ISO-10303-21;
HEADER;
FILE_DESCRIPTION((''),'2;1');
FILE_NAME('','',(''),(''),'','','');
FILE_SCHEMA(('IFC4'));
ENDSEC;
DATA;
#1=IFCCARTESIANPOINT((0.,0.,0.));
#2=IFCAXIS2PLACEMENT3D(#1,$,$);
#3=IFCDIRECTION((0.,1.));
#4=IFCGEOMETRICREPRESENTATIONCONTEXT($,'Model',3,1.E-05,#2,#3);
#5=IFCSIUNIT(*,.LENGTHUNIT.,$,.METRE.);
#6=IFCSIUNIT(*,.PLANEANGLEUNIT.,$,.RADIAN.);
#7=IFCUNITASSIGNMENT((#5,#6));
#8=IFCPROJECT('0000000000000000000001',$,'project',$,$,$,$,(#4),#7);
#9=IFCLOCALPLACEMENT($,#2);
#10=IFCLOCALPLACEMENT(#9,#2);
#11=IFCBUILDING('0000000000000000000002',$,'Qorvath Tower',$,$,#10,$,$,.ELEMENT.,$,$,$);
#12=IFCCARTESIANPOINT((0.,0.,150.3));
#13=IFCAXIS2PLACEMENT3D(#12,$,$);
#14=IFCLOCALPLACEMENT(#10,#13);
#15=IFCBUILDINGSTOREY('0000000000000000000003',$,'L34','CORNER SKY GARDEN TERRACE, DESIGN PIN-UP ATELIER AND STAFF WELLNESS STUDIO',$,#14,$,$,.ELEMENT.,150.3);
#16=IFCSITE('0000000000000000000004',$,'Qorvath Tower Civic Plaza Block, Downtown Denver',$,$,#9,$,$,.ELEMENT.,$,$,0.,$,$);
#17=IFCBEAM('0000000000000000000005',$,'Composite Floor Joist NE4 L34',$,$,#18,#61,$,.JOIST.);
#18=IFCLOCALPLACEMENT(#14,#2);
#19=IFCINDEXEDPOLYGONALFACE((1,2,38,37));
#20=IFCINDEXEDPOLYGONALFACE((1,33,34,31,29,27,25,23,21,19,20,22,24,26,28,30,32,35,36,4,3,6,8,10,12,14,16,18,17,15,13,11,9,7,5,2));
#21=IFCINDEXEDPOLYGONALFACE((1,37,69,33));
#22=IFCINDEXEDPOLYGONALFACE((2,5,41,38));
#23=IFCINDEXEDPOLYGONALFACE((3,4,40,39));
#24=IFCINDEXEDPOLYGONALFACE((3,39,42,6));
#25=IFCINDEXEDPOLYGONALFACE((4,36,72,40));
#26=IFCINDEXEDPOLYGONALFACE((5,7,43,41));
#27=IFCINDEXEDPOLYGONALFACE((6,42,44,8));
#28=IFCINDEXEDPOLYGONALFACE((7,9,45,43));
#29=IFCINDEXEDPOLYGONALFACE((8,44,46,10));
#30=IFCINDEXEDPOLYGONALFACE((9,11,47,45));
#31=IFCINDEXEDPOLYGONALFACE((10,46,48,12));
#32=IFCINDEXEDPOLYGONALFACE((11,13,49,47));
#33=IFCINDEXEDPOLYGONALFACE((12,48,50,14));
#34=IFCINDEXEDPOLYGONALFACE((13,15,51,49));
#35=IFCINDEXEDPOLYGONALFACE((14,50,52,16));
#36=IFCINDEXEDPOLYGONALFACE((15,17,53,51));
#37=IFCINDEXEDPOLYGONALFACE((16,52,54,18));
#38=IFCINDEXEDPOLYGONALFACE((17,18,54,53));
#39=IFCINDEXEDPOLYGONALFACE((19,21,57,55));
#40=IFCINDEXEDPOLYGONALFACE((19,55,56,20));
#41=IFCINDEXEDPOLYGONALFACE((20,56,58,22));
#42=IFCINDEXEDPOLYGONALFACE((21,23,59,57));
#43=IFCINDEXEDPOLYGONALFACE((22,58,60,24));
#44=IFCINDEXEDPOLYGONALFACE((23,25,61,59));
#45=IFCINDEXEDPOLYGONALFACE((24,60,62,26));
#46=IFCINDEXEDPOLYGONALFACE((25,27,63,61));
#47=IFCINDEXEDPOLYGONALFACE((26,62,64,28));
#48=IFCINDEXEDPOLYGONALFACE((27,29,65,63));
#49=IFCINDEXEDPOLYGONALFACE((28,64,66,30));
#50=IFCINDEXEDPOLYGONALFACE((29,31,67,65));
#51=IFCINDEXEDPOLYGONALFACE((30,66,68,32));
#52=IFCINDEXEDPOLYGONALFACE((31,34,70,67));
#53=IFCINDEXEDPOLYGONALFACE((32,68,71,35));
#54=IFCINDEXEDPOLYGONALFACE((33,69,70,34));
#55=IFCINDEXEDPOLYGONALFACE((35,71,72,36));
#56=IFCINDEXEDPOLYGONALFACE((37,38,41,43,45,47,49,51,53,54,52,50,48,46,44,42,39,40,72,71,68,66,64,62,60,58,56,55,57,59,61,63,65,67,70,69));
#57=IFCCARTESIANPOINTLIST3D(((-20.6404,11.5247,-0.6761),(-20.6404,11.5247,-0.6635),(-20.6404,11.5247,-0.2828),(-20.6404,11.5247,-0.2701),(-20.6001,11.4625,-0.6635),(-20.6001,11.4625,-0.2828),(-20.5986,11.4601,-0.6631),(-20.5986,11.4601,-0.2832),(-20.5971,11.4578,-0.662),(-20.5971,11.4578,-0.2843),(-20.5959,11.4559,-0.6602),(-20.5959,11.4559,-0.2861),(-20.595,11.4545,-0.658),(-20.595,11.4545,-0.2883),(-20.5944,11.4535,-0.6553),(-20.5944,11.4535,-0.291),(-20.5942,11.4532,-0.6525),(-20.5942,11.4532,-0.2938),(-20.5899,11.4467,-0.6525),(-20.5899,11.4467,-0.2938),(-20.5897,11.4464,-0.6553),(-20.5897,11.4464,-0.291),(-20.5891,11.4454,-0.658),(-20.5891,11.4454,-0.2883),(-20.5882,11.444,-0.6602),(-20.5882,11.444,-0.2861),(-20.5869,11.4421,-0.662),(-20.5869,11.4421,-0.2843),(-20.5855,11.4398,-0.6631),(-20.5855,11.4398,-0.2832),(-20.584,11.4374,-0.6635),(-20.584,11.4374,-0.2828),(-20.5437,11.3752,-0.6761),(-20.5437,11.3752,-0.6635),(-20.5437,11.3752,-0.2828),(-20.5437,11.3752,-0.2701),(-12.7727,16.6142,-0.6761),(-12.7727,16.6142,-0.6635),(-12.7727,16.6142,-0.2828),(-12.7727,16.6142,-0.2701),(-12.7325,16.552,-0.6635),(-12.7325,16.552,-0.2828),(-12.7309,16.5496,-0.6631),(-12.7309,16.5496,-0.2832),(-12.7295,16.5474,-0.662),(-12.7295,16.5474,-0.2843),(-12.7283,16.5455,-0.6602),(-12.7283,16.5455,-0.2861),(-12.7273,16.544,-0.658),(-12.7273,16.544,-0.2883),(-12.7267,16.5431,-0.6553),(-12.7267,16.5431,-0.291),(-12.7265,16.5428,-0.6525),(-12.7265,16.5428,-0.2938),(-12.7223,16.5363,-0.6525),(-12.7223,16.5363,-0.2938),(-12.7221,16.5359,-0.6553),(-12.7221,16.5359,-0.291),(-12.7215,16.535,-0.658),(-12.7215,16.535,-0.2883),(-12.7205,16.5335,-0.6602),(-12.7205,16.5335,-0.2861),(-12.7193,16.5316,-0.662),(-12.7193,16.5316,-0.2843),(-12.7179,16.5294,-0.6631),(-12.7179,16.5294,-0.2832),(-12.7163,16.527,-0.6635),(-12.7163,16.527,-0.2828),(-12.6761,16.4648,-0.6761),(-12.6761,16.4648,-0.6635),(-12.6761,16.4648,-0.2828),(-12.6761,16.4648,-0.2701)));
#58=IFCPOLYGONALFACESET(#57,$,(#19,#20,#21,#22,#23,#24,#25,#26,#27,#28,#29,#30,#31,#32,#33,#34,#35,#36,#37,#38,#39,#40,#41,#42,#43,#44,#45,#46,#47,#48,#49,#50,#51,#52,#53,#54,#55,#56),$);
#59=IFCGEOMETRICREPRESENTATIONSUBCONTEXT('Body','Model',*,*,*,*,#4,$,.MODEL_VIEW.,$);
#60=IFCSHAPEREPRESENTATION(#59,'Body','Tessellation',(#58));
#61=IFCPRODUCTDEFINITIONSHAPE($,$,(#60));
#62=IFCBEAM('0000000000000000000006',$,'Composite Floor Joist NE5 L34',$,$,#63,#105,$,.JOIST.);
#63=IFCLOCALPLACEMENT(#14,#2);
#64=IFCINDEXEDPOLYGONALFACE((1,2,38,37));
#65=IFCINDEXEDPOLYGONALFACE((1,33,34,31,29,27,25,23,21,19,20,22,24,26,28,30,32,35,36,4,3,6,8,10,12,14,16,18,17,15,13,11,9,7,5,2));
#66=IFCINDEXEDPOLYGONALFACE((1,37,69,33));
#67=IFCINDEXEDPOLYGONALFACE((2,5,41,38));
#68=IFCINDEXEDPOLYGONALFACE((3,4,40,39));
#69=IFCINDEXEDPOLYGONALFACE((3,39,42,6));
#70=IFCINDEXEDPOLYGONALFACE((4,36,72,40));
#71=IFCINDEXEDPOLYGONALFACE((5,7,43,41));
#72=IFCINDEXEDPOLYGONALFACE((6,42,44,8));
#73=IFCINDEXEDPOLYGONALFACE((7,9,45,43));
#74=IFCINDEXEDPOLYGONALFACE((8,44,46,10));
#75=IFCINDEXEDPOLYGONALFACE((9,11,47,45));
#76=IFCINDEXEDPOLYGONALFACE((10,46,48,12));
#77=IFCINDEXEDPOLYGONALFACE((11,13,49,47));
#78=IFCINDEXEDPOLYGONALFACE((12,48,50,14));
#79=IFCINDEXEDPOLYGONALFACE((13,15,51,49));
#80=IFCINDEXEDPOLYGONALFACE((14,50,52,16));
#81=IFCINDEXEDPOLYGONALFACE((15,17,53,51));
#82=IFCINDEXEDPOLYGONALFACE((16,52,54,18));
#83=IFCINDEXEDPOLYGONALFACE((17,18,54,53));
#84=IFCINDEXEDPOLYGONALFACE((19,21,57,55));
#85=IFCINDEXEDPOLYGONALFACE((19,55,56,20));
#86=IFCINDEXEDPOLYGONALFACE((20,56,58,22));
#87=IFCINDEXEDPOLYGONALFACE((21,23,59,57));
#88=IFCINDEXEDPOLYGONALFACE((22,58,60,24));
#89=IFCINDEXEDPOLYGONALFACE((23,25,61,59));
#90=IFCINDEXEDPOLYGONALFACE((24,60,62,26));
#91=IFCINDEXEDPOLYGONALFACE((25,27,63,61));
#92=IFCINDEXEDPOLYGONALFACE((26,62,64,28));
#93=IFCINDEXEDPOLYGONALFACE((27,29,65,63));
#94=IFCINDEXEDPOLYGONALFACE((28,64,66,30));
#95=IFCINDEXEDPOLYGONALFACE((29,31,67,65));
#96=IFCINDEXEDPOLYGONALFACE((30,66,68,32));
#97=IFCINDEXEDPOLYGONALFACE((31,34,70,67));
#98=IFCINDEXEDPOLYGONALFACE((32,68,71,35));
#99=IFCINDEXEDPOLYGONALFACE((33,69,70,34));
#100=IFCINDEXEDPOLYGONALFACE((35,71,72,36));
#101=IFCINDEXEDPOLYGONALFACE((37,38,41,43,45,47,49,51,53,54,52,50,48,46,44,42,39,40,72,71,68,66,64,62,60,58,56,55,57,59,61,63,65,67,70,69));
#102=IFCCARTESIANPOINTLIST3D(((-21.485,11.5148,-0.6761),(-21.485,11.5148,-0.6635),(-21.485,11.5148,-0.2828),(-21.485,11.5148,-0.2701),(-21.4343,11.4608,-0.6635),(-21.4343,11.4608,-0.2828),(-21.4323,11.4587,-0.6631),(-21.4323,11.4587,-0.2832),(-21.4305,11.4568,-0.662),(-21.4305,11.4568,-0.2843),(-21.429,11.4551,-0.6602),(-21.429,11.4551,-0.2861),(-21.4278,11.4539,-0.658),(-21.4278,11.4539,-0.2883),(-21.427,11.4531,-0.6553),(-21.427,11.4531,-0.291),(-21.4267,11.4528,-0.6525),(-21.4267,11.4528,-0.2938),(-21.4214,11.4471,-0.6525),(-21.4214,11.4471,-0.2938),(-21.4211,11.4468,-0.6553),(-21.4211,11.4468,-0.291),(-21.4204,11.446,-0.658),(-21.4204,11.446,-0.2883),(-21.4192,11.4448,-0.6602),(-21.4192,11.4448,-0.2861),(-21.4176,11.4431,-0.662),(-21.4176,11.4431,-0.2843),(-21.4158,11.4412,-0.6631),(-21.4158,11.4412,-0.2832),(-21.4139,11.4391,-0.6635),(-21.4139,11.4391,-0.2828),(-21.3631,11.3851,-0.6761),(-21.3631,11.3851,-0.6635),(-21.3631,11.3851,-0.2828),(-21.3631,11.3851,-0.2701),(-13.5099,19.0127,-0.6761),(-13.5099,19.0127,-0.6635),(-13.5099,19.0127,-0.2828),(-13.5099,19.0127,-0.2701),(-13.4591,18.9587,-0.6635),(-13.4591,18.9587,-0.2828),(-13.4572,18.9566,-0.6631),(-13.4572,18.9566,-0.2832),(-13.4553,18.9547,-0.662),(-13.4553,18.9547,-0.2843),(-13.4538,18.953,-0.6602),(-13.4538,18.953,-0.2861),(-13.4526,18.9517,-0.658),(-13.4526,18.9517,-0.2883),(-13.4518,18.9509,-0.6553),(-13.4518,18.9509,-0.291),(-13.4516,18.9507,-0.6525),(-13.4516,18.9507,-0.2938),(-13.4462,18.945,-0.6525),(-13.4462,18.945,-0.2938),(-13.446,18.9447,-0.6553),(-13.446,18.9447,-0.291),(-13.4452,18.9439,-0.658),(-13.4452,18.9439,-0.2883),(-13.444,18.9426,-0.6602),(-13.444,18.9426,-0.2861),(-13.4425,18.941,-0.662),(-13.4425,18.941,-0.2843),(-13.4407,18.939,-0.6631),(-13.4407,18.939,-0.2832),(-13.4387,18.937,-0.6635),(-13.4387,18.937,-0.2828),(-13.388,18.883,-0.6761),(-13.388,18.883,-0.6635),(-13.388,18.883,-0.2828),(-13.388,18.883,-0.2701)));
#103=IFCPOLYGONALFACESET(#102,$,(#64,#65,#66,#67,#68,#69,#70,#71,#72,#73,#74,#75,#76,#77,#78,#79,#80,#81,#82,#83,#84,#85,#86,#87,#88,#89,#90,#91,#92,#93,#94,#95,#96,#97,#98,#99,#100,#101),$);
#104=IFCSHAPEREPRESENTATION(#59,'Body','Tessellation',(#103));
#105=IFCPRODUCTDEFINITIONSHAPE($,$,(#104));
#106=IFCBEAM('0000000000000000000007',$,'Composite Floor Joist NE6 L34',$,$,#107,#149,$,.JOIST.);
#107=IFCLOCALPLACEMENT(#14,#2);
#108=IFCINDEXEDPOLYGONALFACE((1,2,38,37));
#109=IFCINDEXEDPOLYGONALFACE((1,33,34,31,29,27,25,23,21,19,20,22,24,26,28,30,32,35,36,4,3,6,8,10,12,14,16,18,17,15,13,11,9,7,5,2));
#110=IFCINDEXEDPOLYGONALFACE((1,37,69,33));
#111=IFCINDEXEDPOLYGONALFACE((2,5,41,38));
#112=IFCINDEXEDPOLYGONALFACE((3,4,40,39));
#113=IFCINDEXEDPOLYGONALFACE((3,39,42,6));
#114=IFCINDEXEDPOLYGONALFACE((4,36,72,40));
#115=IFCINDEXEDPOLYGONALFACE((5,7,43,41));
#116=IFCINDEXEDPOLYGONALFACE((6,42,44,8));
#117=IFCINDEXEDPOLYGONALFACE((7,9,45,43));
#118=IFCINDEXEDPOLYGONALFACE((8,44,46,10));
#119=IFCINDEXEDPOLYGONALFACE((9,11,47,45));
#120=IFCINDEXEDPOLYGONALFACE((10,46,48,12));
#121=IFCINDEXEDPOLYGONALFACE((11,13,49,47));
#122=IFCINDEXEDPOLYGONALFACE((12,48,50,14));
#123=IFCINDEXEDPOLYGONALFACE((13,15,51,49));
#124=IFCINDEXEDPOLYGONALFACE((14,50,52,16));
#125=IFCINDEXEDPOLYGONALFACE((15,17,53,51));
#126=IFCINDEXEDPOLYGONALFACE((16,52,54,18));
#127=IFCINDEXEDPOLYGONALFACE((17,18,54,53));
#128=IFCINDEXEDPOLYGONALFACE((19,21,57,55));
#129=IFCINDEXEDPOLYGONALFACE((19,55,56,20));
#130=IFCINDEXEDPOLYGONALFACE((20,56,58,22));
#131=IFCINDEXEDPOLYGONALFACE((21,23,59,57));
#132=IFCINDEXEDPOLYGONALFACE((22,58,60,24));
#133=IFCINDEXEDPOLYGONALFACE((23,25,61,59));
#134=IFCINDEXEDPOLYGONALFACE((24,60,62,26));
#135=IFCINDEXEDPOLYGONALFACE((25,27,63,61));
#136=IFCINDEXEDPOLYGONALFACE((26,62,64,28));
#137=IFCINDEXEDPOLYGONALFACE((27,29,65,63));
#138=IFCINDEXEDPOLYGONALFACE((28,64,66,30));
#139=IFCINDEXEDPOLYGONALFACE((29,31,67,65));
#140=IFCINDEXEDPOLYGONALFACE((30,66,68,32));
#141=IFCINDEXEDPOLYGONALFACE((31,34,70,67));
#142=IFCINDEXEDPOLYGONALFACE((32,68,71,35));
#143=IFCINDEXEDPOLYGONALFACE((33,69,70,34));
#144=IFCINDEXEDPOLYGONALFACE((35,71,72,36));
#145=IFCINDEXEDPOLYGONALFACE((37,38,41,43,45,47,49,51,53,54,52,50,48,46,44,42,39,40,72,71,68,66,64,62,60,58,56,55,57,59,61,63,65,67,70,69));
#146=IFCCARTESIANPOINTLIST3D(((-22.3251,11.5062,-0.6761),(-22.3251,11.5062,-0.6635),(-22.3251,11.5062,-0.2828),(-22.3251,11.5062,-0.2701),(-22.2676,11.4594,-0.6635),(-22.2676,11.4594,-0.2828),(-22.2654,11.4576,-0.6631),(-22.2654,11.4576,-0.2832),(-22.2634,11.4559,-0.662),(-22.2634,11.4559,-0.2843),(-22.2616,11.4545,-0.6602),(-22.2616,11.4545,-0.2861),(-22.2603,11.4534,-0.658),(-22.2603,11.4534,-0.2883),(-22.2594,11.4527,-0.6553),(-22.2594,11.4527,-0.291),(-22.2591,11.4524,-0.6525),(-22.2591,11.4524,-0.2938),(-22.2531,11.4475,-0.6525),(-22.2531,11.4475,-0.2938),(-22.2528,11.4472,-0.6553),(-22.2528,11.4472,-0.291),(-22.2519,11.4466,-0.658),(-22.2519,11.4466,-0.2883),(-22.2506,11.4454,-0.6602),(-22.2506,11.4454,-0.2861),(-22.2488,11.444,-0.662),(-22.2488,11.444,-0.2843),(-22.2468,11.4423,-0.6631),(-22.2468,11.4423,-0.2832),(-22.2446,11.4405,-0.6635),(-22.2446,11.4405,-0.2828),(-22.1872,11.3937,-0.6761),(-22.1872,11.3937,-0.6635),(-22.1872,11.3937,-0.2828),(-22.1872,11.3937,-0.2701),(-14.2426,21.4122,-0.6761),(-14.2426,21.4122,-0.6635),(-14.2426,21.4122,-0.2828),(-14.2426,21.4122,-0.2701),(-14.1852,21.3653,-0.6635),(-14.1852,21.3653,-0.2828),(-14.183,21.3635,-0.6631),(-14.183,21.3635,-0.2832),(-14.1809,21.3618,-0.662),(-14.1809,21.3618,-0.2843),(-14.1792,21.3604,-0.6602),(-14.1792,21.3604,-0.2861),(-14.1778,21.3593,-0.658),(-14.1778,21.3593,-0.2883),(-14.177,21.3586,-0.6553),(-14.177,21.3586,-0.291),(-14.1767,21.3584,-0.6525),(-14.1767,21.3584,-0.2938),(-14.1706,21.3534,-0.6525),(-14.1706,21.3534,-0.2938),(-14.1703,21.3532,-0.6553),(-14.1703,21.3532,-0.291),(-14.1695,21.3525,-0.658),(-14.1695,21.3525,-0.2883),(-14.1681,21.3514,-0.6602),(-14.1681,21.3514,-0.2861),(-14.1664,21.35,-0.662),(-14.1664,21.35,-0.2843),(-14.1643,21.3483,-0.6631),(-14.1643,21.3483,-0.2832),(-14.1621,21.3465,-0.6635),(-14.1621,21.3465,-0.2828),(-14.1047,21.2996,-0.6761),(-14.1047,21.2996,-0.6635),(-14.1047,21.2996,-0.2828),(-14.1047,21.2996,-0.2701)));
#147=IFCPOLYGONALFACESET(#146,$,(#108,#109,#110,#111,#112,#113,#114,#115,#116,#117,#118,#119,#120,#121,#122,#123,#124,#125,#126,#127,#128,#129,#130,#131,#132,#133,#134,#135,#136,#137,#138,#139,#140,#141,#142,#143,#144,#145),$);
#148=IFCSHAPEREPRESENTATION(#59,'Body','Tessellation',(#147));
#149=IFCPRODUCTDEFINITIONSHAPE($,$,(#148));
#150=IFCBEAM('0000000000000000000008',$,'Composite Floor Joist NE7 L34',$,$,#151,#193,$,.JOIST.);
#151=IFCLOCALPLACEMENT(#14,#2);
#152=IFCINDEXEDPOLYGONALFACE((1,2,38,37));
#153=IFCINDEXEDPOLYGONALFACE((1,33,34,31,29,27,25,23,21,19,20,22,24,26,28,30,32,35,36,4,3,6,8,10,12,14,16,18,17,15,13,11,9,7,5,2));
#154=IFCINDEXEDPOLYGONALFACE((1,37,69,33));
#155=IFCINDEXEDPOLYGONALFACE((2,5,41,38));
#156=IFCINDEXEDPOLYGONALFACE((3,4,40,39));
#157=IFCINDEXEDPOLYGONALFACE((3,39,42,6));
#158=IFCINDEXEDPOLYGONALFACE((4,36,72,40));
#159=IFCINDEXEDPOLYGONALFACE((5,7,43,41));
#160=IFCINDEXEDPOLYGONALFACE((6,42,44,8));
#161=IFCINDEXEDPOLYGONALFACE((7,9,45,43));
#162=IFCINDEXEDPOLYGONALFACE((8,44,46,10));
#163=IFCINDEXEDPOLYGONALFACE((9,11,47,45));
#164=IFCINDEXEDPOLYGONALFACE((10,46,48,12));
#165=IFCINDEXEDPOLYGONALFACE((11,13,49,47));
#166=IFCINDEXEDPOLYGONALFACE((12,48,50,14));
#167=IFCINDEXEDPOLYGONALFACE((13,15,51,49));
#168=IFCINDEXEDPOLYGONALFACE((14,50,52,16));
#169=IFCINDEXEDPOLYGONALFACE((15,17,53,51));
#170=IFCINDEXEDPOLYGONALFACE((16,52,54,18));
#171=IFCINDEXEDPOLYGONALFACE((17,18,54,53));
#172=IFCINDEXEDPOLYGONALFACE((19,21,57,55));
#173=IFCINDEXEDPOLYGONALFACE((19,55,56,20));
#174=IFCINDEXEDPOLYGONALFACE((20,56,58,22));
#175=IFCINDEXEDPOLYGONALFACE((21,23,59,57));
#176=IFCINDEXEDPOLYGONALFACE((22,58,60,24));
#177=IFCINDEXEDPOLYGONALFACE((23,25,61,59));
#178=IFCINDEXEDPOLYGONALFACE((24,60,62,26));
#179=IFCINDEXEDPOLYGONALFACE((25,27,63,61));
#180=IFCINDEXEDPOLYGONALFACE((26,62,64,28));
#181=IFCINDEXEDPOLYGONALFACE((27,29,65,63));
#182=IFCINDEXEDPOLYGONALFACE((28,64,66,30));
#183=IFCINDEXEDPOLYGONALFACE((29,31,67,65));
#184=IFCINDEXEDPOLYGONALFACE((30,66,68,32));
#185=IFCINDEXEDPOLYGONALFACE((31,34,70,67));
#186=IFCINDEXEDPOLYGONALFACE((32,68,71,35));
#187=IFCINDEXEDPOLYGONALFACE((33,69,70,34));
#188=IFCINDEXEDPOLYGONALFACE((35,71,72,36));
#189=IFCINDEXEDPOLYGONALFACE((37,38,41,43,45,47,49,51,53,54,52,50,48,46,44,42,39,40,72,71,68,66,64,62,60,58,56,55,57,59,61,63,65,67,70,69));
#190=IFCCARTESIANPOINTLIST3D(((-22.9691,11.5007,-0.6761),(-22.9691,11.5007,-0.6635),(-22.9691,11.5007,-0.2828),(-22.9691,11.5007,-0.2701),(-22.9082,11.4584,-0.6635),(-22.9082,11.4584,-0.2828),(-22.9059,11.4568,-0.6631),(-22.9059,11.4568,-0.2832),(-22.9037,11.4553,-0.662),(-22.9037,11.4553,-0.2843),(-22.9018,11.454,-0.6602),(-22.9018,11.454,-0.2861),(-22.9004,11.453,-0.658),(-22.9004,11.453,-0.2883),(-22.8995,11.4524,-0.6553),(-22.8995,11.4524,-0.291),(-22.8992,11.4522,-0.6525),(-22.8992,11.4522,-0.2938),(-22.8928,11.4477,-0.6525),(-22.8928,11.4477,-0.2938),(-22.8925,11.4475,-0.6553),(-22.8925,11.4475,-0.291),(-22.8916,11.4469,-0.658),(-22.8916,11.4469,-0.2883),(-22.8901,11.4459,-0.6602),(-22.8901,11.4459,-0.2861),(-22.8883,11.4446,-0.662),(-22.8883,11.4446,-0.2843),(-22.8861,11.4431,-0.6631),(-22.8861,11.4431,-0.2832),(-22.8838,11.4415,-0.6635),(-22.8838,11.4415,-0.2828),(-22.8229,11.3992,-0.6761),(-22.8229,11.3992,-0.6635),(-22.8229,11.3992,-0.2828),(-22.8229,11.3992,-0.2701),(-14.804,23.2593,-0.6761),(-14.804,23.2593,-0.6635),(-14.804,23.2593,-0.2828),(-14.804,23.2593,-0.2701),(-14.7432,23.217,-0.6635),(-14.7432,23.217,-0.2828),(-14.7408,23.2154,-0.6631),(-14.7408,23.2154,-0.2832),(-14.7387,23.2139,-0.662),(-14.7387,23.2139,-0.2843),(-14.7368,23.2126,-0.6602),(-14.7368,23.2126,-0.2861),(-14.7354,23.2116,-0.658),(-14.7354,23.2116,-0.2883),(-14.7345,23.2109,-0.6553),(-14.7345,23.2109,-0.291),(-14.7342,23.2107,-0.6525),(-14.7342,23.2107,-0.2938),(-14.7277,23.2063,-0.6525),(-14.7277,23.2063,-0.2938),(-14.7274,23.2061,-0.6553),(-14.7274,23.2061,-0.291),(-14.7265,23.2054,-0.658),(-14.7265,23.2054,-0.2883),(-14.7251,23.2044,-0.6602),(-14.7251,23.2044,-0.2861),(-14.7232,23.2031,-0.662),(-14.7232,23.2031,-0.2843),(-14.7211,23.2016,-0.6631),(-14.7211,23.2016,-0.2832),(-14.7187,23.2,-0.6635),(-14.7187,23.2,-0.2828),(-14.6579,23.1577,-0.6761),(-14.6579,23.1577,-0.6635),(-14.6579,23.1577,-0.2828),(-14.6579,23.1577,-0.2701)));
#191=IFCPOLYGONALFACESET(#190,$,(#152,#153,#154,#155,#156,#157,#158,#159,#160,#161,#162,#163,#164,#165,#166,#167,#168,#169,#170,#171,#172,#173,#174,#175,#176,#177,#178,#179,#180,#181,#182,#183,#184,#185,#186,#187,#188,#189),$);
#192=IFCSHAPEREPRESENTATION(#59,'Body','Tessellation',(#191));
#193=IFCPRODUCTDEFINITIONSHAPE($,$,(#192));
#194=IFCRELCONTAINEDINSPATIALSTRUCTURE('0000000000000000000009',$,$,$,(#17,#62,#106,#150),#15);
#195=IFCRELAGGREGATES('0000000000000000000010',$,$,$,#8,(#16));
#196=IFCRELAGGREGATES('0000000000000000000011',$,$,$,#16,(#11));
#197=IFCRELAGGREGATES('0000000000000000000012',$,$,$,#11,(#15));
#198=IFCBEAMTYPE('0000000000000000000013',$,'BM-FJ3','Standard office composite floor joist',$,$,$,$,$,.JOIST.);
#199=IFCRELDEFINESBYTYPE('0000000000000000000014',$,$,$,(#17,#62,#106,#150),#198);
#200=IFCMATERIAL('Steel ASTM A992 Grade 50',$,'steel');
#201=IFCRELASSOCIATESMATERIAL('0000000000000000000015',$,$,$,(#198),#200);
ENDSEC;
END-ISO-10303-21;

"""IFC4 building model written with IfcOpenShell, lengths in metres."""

from ifc_helpers import new_model, si_unit, direction, frame, origin, origin_2d, place, context, subcontext, project, spatial, i_section, extrude, material, material_profile, profile_set, type_object, element, save


model = new_model("IFC4")

# Units and contexts
model_context = context("Model", 3, precision=1e-05, world=origin(), true_north=direction((0.0, 1.0)))
body_context = subcontext(model_context, "Body", "Model", "MODEL_VIEW")
ifc_project = project(units=[si_unit("LENGTHUNIT", "METRE"), si_unit("PLANEANGLEUNIT", "RADIAN")], contexts=[model_context])

# Site, building, storey
site_placement = place(None, origin())
site = spatial("IfcSite", under=ifc_project, at=site_placement, Name="Qorvath Tower Civic Plaza Block, Downtown Denver", CompositionType="ELEMENT", RefElevation=0.0)
building_placement = place(site_placement, origin())
building = spatial("IfcBuilding", under=site, at=building_placement, Name="Qorvath Tower", CompositionType="ELEMENT")
storey_placement = place(building_placement, frame((0.0, 0.0, 150.3)))
storey = spatial("IfcBuildingStorey", under=building, at=storey_placement, Name="L34", Description="CORNER SKY GARDEN TERRACE, DESIGN PIN-UP ATELIER AND STAFF WELLNESS STUDIO", CompositionType="ELEMENT", Elevation=150.3)

# Beams
ifc_material_1 = material(Name="Steel ASTM A992 Grade 50", Category="steel")
ifc_material_profile_1 = material_profile(ifc_material_1, i_section(OverallWidth=0.178, OverallDepth=0.406, WebThickness=0.0078, FlangeThickness=0.0127, FilletRadius=0.011, at=origin_2d()), Name="W16x40")
ifc_profile_set_1 = profile_set([ifc_material_profile_1], Name="Steel ASTM A992 Grade 50")
beam_type_1 = type_object("IfcBeamType", Name="BM-FJ3", Description="Standard office composite floor joist", PredefinedType="JOIST", material=ifc_profile_set_1)
beam_1_placement = place(storey_placement, frame((-20.592, 11.45, -0.4731), z_axis=(0.839631, 0.543157, 0.0), x_axis=(-0.543157, 0.839631, 0.0)))
element("IfcBeam", 1, at=beam_1_placement, inside=storey, type_object=beam_type_1, Name="Composite Floor Joist NE4 L34", PredefinedType="JOIST", context=body_context, shape_type="SweptSolid", body=[
    extrude(i_section(OverallWidth=0.178, OverallDepth=0.406, WebThickness=0.0078, FlangeThickness=0.0127, FilletRadius=0.011, at=origin_2d()), origin(), (0.0, 0.0, 1.0), 9.3704),
])
beam_2_placement = place(storey_placement, frame((-21.4241, 11.45, -0.4731), z_axis=(0.728572, 0.684969, 0.0), x_axis=(-0.684969, 0.728572, 0.0)))
element("IfcBeam", 2, at=beam_2_placement, inside=storey, type_object=beam_type_1, Name="Composite Floor Joist NE5 L34", PredefinedType="JOIST", context=body_context, shape_type="SweptSolid", body=[
    extrude(i_section(OverallWidth=0.178, OverallDepth=0.406, WebThickness=0.0078, FlangeThickness=0.0127, FilletRadius=0.011, at=origin_2d()), origin(), (0.0, 0.0, 1.0), 10.9463),
])
beam_3_placement = place(storey_placement, frame((-22.2561, 11.45, -0.4731), z_axis=(0.632188, 0.774815, 0.0), x_axis=(-0.774815, 0.632188, 0.0)))
element("IfcBeam", 3, at=beam_3_placement, inside=storey, type_object=beam_type_1, Name="Composite Floor Joist NE6 L34", PredefinedType="JOIST", context=body_context, shape_type="SweptSolid", body=[
    extrude(i_section(OverallWidth=0.178, OverallDepth=0.406, WebThickness=0.0078, FlangeThickness=0.0127, FilletRadius=0.011, at=origin_2d()), origin(), (0.0, 0.0, 1.0), 12.7849),
])
beam_4_placement = place(storey_placement, frame((-22.896, 11.45, -0.4731), z_axis=(0.570367, 0.82139, 0.0), x_axis=(-0.82139, 0.570367, 0.0)))
element("IfcBeam", 4, at=beam_4_placement, inside=storey, type_object=beam_type_1, Name="Composite Floor Joist NE7 L34", PredefinedType="JOIST", context=body_context, shape_type="SweptSolid", body=[
    extrude(i_section(OverallWidth=0.178, OverallDepth=0.406, WebThickness=0.0078, FlangeThickness=0.0127, FilletRadius=0.011, at=origin_2d()), origin(), (0.0, 0.0, 1.0), 14.3154),
])

save(model, "model.ifc")
